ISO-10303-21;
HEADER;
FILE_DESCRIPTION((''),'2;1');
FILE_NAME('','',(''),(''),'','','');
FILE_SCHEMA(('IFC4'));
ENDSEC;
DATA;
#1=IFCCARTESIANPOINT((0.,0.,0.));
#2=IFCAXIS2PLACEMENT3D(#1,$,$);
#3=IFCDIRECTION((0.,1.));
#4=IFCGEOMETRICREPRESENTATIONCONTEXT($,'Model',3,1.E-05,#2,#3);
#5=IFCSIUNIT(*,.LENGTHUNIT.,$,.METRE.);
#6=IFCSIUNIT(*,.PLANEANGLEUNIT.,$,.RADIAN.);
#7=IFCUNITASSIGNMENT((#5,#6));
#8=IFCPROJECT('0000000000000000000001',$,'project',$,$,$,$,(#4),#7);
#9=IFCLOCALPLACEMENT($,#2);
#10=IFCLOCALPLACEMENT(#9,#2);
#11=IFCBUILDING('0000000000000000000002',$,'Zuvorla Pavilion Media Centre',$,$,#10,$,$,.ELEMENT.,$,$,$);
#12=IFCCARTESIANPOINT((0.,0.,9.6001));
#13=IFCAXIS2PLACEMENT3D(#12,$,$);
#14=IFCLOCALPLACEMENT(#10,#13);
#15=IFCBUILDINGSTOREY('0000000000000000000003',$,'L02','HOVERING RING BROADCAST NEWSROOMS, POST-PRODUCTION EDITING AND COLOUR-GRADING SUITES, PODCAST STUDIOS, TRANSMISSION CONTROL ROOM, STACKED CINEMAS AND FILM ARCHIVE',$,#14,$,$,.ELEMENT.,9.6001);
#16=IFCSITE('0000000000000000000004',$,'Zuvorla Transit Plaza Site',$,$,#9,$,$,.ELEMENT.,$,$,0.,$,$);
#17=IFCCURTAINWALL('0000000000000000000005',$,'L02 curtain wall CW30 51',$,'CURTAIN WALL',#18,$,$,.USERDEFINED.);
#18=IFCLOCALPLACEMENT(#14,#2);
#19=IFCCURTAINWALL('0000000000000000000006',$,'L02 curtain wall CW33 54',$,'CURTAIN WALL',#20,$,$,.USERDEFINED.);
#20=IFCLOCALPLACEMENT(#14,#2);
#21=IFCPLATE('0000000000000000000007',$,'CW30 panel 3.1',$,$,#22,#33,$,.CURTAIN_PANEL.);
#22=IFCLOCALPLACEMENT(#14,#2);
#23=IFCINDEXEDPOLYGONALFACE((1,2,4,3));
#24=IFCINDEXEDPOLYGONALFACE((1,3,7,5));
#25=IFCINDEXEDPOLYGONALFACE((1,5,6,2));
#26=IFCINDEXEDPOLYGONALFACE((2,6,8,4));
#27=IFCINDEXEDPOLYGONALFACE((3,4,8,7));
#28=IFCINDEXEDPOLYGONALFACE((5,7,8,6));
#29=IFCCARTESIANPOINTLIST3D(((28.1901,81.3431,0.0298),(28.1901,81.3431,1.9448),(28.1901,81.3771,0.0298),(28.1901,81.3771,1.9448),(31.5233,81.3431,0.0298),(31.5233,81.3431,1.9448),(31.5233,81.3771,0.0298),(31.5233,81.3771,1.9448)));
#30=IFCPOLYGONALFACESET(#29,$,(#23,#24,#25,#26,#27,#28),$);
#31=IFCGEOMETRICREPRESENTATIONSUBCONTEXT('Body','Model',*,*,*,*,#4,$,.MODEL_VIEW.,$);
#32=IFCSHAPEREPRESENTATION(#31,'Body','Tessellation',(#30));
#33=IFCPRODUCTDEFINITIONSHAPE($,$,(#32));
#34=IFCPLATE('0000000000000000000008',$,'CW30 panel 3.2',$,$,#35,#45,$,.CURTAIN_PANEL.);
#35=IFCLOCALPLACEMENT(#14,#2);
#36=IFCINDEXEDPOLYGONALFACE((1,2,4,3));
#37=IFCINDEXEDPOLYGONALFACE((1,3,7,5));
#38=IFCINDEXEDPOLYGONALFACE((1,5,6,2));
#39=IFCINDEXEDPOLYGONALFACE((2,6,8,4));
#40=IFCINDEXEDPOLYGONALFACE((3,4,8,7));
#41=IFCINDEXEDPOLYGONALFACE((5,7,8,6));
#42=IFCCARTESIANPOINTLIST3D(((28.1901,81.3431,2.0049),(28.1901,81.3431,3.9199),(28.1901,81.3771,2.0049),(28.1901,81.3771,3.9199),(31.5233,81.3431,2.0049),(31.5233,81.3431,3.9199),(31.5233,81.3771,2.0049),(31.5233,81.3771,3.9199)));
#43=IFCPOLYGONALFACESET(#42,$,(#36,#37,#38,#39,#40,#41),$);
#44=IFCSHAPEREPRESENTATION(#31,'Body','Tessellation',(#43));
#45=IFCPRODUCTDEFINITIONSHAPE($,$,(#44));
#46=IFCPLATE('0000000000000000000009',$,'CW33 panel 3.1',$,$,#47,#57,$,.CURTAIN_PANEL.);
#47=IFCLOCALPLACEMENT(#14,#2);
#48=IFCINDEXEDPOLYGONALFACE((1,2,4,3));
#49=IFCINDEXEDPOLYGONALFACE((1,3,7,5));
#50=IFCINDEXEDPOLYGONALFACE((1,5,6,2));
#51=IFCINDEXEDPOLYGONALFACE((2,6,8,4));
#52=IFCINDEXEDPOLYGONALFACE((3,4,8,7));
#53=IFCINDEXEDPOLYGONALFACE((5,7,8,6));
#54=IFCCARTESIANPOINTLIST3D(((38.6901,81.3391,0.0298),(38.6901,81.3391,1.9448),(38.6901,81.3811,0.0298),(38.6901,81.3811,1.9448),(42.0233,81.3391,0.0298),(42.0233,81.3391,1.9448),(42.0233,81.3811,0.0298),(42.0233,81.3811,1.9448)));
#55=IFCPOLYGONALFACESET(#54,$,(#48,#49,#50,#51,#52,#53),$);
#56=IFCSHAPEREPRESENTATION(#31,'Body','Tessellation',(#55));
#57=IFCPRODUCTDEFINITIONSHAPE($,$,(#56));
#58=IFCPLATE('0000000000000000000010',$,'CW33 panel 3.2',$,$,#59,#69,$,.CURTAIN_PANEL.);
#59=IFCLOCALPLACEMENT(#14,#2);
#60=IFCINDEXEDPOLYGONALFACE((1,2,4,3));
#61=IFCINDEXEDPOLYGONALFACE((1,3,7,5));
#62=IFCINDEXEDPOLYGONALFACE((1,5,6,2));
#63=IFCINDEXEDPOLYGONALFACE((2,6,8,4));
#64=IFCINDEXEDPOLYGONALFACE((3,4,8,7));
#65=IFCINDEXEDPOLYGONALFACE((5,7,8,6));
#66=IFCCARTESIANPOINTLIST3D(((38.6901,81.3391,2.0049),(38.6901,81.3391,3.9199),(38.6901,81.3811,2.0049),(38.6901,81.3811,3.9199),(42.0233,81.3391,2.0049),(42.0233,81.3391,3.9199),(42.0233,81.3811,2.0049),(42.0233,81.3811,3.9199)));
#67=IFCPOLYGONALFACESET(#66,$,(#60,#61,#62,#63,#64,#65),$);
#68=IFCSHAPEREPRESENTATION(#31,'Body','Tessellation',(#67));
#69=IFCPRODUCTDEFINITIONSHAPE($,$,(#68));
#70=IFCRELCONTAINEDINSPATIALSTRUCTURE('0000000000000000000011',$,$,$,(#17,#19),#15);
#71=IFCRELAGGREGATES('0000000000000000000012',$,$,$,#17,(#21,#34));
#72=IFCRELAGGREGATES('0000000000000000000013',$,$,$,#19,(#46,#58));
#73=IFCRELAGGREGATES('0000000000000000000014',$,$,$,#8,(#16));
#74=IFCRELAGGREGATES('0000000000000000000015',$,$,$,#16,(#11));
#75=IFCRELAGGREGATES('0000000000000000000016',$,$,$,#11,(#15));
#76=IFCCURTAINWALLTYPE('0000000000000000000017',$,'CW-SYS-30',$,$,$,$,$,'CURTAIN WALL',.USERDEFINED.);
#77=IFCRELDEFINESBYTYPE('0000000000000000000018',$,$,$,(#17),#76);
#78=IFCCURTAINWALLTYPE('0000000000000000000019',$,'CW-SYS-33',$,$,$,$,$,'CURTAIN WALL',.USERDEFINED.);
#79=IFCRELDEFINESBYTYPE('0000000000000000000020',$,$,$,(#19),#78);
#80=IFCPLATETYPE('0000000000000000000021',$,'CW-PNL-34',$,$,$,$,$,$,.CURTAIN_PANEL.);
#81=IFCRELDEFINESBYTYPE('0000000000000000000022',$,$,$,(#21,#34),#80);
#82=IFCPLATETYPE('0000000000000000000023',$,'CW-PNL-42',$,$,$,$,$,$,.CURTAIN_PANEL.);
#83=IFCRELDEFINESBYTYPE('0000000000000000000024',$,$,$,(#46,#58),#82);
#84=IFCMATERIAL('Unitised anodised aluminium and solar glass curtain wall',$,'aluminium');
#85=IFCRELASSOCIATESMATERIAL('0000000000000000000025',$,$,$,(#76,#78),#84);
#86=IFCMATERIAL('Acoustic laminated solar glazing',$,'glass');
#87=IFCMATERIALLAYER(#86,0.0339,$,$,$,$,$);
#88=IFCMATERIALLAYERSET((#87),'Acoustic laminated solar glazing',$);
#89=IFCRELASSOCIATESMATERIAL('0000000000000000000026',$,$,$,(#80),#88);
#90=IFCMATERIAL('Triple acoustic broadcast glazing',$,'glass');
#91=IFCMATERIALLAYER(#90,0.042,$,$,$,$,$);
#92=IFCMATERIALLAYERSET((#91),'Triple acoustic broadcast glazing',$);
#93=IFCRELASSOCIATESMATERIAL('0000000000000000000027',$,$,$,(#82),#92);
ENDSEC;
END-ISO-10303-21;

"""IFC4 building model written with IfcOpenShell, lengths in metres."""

from ifc_helpers import new_model, si_unit, direction, frame, origin, origin_2d, place, context, subcontext, project, spatial, rectangle, extrude, material, layer, layer_set, type_object, element, aggregate, save


model = new_model("IFC4")

# Units and contexts
model_context = context("Model", 3, precision=1e-05, world=origin(), true_north=direction((0.0, 1.0)))
body_context = subcontext(model_context, "Body", "Model", "MODEL_VIEW")
ifc_project = project(units=[si_unit("LENGTHUNIT", "METRE"), si_unit("PLANEANGLEUNIT", "RADIAN")], contexts=[model_context])

# Site, building, storey
site_placement = place(None, origin())
site = spatial("IfcSite", under=ifc_project, at=site_placement, Name="Zuvorla Transit Plaza Site", CompositionType="ELEMENT", RefElevation=0.0)
building_placement = place(site_placement, origin())
building = spatial("IfcBuilding", under=site, at=building_placement, Name="Zuvorla Pavilion Media Centre", CompositionType="ELEMENT")
storey_placement = place(building_placement, frame((0.0, 0.0, 9.6001)))
storey = spatial("IfcBuildingStorey", under=building, at=storey_placement, Name="L02", Description="HOVERING RING BROADCAST NEWSROOMS, POST-PRODUCTION EDITING AND COLOUR-GRADING SUITES, PODCAST STUDIOS, TRANSMISSION CONTROL ROOM, STACKED CINEMAS AND FILM ARCHIVE", CompositionType="ELEMENT", Elevation=9.6001)

# Curtain walls
ifc_material_1 = material(Name="Unitised anodised aluminium and solar glass curtain wall", Category="aluminium")
curtain_wall_type_1 = type_object("IfcCurtainWallType", Name="CW-SYS-30", ElementType="CURTAIN WALL", PredefinedType="USERDEFINED", material=ifc_material_1)
curtain_wall_1_placement = place(storey_placement, origin())
curtain_wall_1 = element("IfcCurtainWall", 1, at=curtain_wall_1_placement, inside=storey, type_object=curtain_wall_type_1, Name="L02 curtain wall CW30 51", ObjectType="CURTAIN WALL", PredefinedType="USERDEFINED")
curtain_wall_type_2 = type_object("IfcCurtainWallType", Name="CW-SYS-33", ElementType="CURTAIN WALL", PredefinedType="USERDEFINED", material=ifc_material_1)
curtain_wall_2_placement = place(storey_placement, origin())
curtain_wall_2 = element("IfcCurtainWall", 2, at=curtain_wall_2_placement, inside=storey, type_object=curtain_wall_type_2, Name="L02 curtain wall CW33 54", ObjectType="CURTAIN WALL", PredefinedType="USERDEFINED")

# Plates
ifc_material_2 = material(Name="Acoustic laminated solar glazing", Category="glass")
ifc_layer_1 = layer(ifc_material_2, 0.0339)
ifc_layer_set_1 = layer_set([ifc_layer_1], Name="Acoustic laminated solar glazing")
plate_type_1 = type_object("IfcPlateType", Name="CW-PNL-34", PredefinedType="CURTAIN_PANEL", material=ifc_layer_set_1)
plate_1_placement = place(storey_placement, frame((29.8567, 81.3601, 0.0298), z_axis=(0.0, 0.0, 1.0), x_axis=(-1.0, 0.0, 0.0)))
plate_1 = element("IfcPlate", 3, at=plate_1_placement, type_object=plate_type_1, Name="CW30 panel 3.1", PredefinedType="CURTAIN_PANEL", context=body_context, shape_type="SweptSolid", body=[
    extrude(rectangle(XDim=3.3333, YDim=0.0339, at=origin_2d()), origin(), (0.0, 0.0, 1.0), 1.915),
])
plate_2_placement = place(storey_placement, frame((29.8567, 81.3601, 2.0049), z_axis=(0.0, 0.0, 1.0), x_axis=(-1.0, 0.0, 0.0)))
plate_2 = element("IfcPlate", 4, at=plate_2_placement, type_object=plate_type_1, Name="CW30 panel 3.2", PredefinedType="CURTAIN_PANEL", context=body_context, shape_type="SweptSolid", body=[
    extrude(rectangle(XDim=3.3333, YDim=0.0339, at=origin_2d()), origin(), (0.0, 0.0, 1.0), 1.915),
])
aggregate(curtain_wall_1, [plate_1, plate_2])
ifc_material_3 = material(Name="Triple acoustic broadcast glazing", Category="glass")
ifc_layer_2 = layer(ifc_material_3, 0.042)
ifc_layer_set_2 = layer_set([ifc_layer_2], Name="Triple acoustic broadcast glazing")
plate_type_2 = type_object("IfcPlateType", Name="CW-PNL-42", PredefinedType="CURTAIN_PANEL", material=ifc_layer_set_2)
plate_3_placement = place(storey_placement, frame((40.3567, 81.3601, 0.0298), z_axis=(0.0, 0.0, 1.0), x_axis=(-1.0, 0.0, 0.0)))
plate_3 = element("IfcPlate", 5, at=plate_3_placement, type_object=plate_type_2, Name="CW33 panel 3.1", PredefinedType="CURTAIN_PANEL", context=body_context, shape_type="SweptSolid", body=[
    extrude(rectangle(XDim=3.3333, YDim=0.042, at=origin_2d()), origin(), (0.0, 0.0, 1.0), 1.915),
])
plate_4_placement = place(storey_placement, frame((40.3567, 81.3601, 2.0049), z_axis=(0.0, 0.0, 1.0), x_axis=(-1.0, 0.0, 0.0)))
plate_4 = element("IfcPlate", 6, at=plate_4_placement, type_object=plate_type_2, Name="CW33 panel 3.2", PredefinedType="CURTAIN_PANEL", context=body_context, shape_type="SweptSolid", body=[
    extrude(rectangle(XDim=3.3333, YDim=0.042, at=origin_2d()), origin(), (0.0, 0.0, 1.0), 1.915),
])
aggregate(curtain_wall_2, [plate_3, plate_4])

save(model, "model.ifc")
